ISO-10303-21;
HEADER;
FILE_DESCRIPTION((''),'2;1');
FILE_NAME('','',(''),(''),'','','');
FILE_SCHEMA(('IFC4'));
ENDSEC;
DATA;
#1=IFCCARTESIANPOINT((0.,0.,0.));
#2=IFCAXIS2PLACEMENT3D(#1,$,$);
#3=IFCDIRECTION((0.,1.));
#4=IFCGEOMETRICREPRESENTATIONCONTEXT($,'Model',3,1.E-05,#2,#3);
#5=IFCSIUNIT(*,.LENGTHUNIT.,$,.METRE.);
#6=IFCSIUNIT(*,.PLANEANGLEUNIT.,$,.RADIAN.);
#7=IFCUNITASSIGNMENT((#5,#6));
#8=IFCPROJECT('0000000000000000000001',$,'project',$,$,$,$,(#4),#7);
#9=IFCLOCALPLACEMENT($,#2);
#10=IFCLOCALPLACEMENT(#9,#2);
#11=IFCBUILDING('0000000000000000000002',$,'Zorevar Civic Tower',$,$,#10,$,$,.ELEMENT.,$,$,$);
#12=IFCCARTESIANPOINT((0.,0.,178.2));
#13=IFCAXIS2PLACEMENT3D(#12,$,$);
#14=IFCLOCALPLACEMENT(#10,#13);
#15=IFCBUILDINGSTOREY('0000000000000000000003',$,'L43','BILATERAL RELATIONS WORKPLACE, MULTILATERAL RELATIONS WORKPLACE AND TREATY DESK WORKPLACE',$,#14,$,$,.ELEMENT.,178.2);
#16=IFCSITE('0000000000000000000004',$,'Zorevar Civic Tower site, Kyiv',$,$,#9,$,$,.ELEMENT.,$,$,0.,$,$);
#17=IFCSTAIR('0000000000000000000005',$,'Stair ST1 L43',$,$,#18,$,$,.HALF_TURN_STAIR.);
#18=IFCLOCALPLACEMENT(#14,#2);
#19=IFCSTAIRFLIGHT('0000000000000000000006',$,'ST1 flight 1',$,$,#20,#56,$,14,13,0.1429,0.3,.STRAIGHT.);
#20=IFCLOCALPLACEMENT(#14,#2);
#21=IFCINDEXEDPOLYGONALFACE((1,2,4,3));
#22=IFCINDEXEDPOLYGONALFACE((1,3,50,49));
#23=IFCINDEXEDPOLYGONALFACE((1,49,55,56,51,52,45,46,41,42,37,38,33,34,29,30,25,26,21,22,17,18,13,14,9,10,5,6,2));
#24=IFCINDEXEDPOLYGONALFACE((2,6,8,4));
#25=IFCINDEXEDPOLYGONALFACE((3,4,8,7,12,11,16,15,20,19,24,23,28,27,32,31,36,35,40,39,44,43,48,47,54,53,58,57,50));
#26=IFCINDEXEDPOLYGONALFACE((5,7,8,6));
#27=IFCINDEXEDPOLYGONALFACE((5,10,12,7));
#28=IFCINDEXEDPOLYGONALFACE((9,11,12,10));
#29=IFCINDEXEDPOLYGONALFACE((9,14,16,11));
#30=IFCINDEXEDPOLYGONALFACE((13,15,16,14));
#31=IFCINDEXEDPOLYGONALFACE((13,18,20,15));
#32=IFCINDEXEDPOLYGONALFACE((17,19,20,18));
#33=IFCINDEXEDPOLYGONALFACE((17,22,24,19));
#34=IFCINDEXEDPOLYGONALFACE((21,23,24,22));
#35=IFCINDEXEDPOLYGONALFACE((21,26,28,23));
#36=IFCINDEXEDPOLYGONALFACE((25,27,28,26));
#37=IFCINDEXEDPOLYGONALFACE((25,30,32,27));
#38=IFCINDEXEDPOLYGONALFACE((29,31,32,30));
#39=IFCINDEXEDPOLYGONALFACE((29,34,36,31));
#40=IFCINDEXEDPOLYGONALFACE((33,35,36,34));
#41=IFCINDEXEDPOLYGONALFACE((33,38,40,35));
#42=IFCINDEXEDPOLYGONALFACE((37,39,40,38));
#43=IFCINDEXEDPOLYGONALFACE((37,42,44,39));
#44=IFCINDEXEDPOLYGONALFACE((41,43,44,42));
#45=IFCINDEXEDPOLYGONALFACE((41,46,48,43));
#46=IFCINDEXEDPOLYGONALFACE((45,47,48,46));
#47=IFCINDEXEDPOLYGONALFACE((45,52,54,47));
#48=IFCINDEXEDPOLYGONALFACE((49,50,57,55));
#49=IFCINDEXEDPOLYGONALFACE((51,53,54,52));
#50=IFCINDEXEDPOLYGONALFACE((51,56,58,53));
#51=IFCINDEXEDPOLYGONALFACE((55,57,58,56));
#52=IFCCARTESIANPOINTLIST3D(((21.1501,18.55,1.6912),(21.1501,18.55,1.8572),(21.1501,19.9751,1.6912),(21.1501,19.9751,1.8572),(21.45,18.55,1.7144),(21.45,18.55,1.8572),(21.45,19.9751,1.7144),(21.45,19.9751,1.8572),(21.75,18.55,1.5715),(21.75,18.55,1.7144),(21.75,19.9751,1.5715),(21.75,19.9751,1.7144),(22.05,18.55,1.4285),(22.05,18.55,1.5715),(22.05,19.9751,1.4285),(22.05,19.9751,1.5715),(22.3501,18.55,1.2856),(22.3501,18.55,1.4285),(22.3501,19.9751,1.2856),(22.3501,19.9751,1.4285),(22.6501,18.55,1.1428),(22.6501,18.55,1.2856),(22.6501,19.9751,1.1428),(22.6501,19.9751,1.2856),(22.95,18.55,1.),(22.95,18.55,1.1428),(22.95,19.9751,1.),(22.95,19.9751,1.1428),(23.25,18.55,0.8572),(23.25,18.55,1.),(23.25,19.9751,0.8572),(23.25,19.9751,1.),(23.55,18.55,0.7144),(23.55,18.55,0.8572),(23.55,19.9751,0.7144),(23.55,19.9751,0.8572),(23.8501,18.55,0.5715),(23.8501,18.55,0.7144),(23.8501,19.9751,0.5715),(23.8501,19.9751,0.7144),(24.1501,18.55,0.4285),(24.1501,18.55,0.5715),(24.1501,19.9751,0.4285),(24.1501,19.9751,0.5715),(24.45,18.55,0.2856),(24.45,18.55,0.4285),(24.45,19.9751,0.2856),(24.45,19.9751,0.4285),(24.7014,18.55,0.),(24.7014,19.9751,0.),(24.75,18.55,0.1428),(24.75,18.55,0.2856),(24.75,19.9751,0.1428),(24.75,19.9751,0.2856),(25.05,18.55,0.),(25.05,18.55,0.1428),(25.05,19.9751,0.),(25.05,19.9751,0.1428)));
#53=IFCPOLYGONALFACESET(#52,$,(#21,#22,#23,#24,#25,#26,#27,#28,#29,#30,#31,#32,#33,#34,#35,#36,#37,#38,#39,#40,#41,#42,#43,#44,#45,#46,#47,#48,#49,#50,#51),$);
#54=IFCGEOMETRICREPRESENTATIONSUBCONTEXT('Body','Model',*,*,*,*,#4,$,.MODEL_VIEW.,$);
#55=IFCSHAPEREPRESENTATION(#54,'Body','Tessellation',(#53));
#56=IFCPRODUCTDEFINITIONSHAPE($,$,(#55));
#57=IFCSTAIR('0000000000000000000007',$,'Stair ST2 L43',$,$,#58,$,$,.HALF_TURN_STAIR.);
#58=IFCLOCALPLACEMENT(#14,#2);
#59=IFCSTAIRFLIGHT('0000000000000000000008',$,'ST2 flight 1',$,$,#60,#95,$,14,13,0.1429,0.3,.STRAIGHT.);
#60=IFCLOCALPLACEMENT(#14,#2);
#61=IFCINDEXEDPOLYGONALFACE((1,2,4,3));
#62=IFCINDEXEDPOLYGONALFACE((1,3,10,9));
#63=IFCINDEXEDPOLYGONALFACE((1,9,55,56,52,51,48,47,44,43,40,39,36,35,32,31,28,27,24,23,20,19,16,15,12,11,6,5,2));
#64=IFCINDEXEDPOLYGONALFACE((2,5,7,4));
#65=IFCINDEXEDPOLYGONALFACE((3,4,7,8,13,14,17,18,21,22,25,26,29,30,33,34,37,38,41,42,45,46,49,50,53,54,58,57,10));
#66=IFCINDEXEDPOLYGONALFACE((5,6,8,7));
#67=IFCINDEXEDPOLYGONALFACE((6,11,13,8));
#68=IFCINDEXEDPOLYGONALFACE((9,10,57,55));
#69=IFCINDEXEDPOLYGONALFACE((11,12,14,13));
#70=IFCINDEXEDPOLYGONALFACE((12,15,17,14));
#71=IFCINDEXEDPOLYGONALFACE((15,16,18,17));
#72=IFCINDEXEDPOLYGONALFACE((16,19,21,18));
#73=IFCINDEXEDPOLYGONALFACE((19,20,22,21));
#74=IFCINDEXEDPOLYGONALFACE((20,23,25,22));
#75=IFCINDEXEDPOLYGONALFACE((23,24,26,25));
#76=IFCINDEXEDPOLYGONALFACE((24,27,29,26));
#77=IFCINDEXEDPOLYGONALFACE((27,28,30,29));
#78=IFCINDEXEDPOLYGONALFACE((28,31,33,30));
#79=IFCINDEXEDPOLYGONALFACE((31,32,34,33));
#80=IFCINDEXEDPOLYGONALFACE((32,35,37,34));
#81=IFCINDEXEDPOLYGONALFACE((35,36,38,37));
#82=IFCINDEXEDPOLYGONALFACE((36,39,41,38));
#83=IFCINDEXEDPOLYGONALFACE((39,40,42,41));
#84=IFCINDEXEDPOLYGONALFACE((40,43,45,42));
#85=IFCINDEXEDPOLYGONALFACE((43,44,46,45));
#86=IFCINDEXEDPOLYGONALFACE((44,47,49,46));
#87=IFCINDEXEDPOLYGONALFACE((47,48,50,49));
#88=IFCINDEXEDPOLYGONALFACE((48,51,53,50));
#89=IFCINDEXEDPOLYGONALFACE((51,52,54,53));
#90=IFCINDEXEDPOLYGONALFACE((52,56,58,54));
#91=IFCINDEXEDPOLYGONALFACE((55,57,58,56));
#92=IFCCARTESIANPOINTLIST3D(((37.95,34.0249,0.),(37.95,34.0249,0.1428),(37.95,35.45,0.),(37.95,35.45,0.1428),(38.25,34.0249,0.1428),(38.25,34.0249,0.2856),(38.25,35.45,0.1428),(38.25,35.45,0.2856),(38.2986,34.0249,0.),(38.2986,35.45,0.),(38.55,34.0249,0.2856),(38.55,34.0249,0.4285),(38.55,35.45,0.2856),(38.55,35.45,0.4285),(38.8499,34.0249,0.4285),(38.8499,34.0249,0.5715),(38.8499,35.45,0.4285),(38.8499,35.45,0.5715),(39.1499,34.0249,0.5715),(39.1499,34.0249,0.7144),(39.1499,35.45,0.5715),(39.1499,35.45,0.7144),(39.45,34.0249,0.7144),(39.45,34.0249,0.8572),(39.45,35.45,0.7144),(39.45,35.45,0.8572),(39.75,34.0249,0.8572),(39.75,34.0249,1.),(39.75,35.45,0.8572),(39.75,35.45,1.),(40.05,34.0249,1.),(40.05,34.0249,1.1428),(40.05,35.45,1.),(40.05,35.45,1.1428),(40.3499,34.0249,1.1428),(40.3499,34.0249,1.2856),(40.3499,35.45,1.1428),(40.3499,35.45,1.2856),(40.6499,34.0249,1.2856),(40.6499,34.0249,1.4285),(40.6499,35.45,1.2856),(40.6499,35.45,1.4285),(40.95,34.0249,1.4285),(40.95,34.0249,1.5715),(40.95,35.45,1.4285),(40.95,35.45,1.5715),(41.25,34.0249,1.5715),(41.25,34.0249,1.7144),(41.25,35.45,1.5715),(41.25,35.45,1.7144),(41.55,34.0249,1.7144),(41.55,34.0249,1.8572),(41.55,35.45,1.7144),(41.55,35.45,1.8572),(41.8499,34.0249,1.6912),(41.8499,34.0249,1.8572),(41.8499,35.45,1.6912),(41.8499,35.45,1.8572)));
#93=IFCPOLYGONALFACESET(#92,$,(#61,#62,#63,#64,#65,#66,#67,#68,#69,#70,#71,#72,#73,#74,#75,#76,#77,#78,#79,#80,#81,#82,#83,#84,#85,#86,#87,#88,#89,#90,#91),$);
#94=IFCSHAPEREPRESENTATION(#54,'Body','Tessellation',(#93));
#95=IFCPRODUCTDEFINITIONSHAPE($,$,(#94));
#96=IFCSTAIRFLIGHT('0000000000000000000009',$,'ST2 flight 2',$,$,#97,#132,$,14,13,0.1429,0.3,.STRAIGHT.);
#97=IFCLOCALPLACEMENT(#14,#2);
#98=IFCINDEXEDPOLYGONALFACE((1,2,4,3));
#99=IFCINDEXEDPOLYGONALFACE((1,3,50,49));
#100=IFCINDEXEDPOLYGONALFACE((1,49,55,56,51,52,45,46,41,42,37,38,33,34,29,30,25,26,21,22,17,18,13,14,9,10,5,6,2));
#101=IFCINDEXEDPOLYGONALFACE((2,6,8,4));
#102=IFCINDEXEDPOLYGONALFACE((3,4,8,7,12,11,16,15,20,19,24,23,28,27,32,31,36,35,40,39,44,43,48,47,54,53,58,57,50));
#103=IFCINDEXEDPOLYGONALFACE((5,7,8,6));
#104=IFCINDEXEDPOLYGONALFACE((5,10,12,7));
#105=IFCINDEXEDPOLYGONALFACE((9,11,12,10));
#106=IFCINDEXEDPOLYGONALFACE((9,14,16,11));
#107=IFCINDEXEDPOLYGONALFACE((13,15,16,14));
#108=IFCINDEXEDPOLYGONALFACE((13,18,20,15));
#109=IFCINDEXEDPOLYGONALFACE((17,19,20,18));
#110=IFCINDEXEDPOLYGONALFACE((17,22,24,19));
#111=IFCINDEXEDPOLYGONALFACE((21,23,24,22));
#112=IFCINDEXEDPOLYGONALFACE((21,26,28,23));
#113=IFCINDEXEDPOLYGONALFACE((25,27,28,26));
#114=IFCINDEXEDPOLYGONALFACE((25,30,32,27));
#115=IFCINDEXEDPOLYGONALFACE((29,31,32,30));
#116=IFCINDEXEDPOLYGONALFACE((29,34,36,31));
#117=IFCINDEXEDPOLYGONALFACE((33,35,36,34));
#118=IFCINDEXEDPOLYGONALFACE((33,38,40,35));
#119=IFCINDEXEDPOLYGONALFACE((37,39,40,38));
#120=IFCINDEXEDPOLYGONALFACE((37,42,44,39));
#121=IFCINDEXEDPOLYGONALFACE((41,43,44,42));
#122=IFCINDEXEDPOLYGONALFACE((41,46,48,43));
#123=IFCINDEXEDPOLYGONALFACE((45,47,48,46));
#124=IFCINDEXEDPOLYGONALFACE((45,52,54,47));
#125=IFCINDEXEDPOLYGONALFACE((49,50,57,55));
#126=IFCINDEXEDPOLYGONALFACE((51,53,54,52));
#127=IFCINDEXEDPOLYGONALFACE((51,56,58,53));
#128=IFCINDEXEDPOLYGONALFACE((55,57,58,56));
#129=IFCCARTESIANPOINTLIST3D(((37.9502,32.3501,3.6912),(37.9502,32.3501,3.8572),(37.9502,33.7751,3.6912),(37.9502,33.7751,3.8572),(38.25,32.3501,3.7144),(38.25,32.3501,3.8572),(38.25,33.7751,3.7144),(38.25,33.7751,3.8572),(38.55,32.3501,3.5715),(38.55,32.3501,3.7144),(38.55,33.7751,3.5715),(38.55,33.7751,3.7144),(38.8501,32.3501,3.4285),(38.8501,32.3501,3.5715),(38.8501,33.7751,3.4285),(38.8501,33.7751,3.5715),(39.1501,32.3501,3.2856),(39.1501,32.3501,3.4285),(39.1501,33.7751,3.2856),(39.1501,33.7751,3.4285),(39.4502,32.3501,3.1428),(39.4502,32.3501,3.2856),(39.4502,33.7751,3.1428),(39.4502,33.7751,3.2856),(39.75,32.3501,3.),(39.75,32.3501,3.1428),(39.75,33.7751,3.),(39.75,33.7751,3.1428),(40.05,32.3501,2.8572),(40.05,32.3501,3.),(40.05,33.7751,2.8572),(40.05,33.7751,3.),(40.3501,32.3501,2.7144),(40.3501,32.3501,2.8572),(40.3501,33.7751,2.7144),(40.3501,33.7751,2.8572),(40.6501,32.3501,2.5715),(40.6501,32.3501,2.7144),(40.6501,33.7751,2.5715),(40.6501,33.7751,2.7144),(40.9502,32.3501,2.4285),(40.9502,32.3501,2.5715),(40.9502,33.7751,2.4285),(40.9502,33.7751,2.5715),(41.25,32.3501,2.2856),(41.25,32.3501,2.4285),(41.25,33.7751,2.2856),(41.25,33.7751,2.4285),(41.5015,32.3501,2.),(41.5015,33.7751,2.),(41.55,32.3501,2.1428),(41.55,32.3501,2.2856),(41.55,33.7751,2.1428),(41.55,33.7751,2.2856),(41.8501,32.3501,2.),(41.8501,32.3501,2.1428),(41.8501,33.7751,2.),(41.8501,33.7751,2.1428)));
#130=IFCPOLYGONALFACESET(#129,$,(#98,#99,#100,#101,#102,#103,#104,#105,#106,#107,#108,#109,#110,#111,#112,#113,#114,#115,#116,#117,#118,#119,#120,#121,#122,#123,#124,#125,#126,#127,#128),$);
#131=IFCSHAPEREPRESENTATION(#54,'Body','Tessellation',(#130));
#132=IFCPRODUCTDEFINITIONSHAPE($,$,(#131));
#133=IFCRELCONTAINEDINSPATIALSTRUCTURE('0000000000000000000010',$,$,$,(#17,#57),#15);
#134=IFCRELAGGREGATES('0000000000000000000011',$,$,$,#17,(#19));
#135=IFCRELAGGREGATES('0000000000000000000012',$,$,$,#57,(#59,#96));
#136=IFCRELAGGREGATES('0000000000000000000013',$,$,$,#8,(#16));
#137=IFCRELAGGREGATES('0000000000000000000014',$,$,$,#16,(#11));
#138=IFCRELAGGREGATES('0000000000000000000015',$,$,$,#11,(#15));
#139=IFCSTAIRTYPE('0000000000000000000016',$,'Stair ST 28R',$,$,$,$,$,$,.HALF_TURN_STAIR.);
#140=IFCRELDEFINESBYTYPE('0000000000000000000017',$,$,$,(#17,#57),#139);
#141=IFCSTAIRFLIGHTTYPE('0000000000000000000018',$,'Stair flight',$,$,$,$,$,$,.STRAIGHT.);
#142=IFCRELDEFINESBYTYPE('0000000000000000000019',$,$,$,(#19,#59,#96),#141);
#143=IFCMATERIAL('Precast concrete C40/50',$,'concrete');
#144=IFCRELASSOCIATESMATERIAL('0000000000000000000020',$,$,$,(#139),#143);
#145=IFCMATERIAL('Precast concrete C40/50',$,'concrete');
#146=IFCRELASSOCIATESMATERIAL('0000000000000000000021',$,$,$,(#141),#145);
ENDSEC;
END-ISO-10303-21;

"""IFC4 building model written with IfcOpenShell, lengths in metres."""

from ifc_helpers import new_model, si_unit, direction, frame, origin, place, context, subcontext, project, spatial, polyline, outline, extrude, material, type_object, element, aggregate, save


model = new_model("IFC4")

# Units and contexts
model_context = context("Model", 3, precision=1e-05, world=origin(), true_north=direction((0.0, 1.0)))
body_context = subcontext(model_context, "Body", "Model", "MODEL_VIEW")
ifc_project = project(units=[si_unit("LENGTHUNIT", "METRE"), si_unit("PLANEANGLEUNIT", "RADIAN")], contexts=[model_context])

# Site, building, storey
site_placement = place(None, origin())
site = spatial("IfcSite", under=ifc_project, at=site_placement, Name="Zorevar Civic Tower site, Kyiv", CompositionType="ELEMENT", RefElevation=0.0)
building_placement = place(site_placement, origin())
building = spatial("IfcBuilding", under=site, at=building_placement, Name="Zorevar Civic Tower", CompositionType="ELEMENT")
storey_placement = place(building_placement, frame((0.0, 0.0, 178.2)))
storey = spatial("IfcBuildingStorey", under=building, at=storey_placement, Name="L43", Description="BILATERAL RELATIONS WORKPLACE, MULTILATERAL RELATIONS WORKPLACE AND TREATY DESK WORKPLACE", CompositionType="ELEMENT", Elevation=178.2)

# Stair, stair flight
ifc_material_1 = material(Name="Precast concrete C40/50", Category="concrete")
stair_type = type_object("IfcStairType", Name="Stair ST 28R", PredefinedType="HALF_TURN_STAIR", material=ifc_material_1)
stair_1_placement = place(storey_placement, origin())
stair_1 = element("IfcStair", 1, at=stair_1_placement, inside=storey, type_object=stair_type, Name="Stair ST1 L43", PredefinedType="HALF_TURN_STAIR")
ifc_material_2 = material(Name="Precast concrete C40/50", Category="concrete")
stair_flight_type = type_object("IfcStairFlightType", Name="Stair flight", PredefinedType="STRAIGHT", material=ifc_material_2)
stair_flight_1_placement = place(storey_placement, frame((25.05, 19.2625, 0.0), z_axis=(0.0, 0.0, 1.0), x_axis=(-1.0, 0.0, 0.0)))
stair_flight_1 = element("IfcStairFlight", 2, at=stair_flight_1_placement, type_object=stair_flight_type, Name="ST1 flight 1", NumberOfRisers=14, NumberOfTreads=13, PredefinedType="STRAIGHT", RiserHeight=0.1429, TreadLength=0.3, context=body_context, shape_type="SweptSolid", body=[
    extrude(outline(polyline([(0.0, 0.0), (0.0, 0.1428), (0.3, 0.1428), (0.3, 0.2856), (0.6001, 0.2856), (0.6001, 0.4285), (0.8999, 0.4285), (0.8999, 0.5715), (1.2, 0.5715), (1.2, 0.7144), (1.5, 0.7144), (1.5, 0.8572), (1.8, 0.8572), (1.8, 1.0), (2.1001, 1.0), (2.1001, 1.1428), (2.3999, 1.1428), (2.3999, 1.2856), (2.7, 1.2856), (2.7, 1.4285), (3.0, 1.4285), (3.0, 1.5715), (3.3, 1.5715), (3.3, 1.7144), (3.6001, 1.7144), (3.6001, 1.8572), (3.8999, 1.8572), (3.8999, 2.0), (3.8999, 1.6912), (0.3486, 0.0), (0.0, 0.0)])), frame((0.0, 0.7124, 0.0), z_axis=(0.0, -1.0, 0.0), x_axis=(1.0, 0.0, 0.0)), (0.0, 0.0, 1.0), 1.425),
])
aggregate(stair_1, [stair_flight_1])

# Stair, stair flights
stair_2_placement = place(storey_placement, origin())
stair_2 = element("IfcStair", 3, at=stair_2_placement, inside=storey, type_object=stair_type, Name="Stair ST2 L43", PredefinedType="HALF_TURN_STAIR")
stair_flight_2_placement = place(storey_placement, frame((37.95, 34.7375, 0.0), z_axis=(0.0, 0.0, 1.0), x_axis=(1.0, 0.0, 0.0)))
stair_flight_2 = element("IfcStairFlight", 4, at=stair_flight_2_placement, type_object=stair_flight_type, Name="ST2 flight 1", NumberOfRisers=14, NumberOfTreads=13, PredefinedType="STRAIGHT", RiserHeight=0.1429, TreadLength=0.3, context=body_context, shape_type="SweptSolid", body=[
    extrude(outline(polyline([(0.0, 0.0), (0.0, 0.1428), (0.3, 0.1428), (0.3, 0.2856), (0.6001, 0.2856), (0.6001, 0.4285), (0.8999, 0.4285), (0.8999, 0.5715), (1.2, 0.5715), (1.2, 0.7144), (1.5, 0.7144), (1.5, 0.8572), (1.8, 0.8572), (1.8, 1.0), (2.1001, 1.0), (2.1001, 1.1428), (2.3999, 1.1428), (2.3999, 1.2856), (2.7, 1.2856), (2.7, 1.4285), (3.0, 1.4285), (3.0, 1.5715), (3.3, 1.5715), (3.3, 1.7144), (3.6001, 1.7144), (3.6001, 1.8572), (3.8999, 1.8572), (3.8999, 2.0), (3.8999, 1.6912), (0.3486, 0.0), (0.0, 0.0)])), frame((0.0, 0.7124, 0.0), z_axis=(0.0, -1.0, 0.0), x_axis=(1.0, 0.0, 0.0)), (0.0, 0.0, 1.0), 1.425),
])
stair_flight_3_placement = place(storey_placement, frame((41.8501, 33.0625, 2.0), z_axis=(0.0, 0.0, 1.0), x_axis=(-1.0, 0.0, 0.0)))
stair_flight_3 = element("IfcStairFlight", 5, at=stair_flight_3_placement, type_object=stair_flight_type, Name="ST2 flight 2", NumberOfRisers=14, NumberOfTreads=13, PredefinedType="STRAIGHT", RiserHeight=0.1429, TreadLength=0.3, context=body_context, shape_type="SweptSolid", body=[
    extrude(outline(polyline([(0.0, 0.0), (0.0, 0.1428), (0.3, 0.1428), (0.3, 0.2856), (0.6001, 0.2856), (0.6001, 0.4285), (0.8999, 0.4285), (0.8999, 0.5715), (1.2, 0.5715), (1.2, 0.7144), (1.5, 0.7144), (1.5, 0.8572), (1.8, 0.8572), (1.8, 1.0), (2.1001, 1.0), (2.1001, 1.1428), (2.3999, 1.1428), (2.3999, 1.2856), (2.7, 1.2856), (2.7, 1.4285), (3.0, 1.4285), (3.0, 1.5715), (3.3, 1.5715), (3.3, 1.7144), (3.6001, 1.7144), (3.6001, 1.8572), (3.8999, 1.8572), (3.8999, 2.0), (3.8999, 1.6912), (0.3486, 0.0), (0.0, 0.0)])), frame((0.0, 0.7124, 0.0), z_axis=(0.0, -1.0, 0.0), x_axis=(1.0, 0.0, 0.0)), (0.0, 0.0, 1.0), 1.425),
])
aggregate(stair_2, [stair_flight_2, stair_flight_3])

save(model, "model.ifc")
